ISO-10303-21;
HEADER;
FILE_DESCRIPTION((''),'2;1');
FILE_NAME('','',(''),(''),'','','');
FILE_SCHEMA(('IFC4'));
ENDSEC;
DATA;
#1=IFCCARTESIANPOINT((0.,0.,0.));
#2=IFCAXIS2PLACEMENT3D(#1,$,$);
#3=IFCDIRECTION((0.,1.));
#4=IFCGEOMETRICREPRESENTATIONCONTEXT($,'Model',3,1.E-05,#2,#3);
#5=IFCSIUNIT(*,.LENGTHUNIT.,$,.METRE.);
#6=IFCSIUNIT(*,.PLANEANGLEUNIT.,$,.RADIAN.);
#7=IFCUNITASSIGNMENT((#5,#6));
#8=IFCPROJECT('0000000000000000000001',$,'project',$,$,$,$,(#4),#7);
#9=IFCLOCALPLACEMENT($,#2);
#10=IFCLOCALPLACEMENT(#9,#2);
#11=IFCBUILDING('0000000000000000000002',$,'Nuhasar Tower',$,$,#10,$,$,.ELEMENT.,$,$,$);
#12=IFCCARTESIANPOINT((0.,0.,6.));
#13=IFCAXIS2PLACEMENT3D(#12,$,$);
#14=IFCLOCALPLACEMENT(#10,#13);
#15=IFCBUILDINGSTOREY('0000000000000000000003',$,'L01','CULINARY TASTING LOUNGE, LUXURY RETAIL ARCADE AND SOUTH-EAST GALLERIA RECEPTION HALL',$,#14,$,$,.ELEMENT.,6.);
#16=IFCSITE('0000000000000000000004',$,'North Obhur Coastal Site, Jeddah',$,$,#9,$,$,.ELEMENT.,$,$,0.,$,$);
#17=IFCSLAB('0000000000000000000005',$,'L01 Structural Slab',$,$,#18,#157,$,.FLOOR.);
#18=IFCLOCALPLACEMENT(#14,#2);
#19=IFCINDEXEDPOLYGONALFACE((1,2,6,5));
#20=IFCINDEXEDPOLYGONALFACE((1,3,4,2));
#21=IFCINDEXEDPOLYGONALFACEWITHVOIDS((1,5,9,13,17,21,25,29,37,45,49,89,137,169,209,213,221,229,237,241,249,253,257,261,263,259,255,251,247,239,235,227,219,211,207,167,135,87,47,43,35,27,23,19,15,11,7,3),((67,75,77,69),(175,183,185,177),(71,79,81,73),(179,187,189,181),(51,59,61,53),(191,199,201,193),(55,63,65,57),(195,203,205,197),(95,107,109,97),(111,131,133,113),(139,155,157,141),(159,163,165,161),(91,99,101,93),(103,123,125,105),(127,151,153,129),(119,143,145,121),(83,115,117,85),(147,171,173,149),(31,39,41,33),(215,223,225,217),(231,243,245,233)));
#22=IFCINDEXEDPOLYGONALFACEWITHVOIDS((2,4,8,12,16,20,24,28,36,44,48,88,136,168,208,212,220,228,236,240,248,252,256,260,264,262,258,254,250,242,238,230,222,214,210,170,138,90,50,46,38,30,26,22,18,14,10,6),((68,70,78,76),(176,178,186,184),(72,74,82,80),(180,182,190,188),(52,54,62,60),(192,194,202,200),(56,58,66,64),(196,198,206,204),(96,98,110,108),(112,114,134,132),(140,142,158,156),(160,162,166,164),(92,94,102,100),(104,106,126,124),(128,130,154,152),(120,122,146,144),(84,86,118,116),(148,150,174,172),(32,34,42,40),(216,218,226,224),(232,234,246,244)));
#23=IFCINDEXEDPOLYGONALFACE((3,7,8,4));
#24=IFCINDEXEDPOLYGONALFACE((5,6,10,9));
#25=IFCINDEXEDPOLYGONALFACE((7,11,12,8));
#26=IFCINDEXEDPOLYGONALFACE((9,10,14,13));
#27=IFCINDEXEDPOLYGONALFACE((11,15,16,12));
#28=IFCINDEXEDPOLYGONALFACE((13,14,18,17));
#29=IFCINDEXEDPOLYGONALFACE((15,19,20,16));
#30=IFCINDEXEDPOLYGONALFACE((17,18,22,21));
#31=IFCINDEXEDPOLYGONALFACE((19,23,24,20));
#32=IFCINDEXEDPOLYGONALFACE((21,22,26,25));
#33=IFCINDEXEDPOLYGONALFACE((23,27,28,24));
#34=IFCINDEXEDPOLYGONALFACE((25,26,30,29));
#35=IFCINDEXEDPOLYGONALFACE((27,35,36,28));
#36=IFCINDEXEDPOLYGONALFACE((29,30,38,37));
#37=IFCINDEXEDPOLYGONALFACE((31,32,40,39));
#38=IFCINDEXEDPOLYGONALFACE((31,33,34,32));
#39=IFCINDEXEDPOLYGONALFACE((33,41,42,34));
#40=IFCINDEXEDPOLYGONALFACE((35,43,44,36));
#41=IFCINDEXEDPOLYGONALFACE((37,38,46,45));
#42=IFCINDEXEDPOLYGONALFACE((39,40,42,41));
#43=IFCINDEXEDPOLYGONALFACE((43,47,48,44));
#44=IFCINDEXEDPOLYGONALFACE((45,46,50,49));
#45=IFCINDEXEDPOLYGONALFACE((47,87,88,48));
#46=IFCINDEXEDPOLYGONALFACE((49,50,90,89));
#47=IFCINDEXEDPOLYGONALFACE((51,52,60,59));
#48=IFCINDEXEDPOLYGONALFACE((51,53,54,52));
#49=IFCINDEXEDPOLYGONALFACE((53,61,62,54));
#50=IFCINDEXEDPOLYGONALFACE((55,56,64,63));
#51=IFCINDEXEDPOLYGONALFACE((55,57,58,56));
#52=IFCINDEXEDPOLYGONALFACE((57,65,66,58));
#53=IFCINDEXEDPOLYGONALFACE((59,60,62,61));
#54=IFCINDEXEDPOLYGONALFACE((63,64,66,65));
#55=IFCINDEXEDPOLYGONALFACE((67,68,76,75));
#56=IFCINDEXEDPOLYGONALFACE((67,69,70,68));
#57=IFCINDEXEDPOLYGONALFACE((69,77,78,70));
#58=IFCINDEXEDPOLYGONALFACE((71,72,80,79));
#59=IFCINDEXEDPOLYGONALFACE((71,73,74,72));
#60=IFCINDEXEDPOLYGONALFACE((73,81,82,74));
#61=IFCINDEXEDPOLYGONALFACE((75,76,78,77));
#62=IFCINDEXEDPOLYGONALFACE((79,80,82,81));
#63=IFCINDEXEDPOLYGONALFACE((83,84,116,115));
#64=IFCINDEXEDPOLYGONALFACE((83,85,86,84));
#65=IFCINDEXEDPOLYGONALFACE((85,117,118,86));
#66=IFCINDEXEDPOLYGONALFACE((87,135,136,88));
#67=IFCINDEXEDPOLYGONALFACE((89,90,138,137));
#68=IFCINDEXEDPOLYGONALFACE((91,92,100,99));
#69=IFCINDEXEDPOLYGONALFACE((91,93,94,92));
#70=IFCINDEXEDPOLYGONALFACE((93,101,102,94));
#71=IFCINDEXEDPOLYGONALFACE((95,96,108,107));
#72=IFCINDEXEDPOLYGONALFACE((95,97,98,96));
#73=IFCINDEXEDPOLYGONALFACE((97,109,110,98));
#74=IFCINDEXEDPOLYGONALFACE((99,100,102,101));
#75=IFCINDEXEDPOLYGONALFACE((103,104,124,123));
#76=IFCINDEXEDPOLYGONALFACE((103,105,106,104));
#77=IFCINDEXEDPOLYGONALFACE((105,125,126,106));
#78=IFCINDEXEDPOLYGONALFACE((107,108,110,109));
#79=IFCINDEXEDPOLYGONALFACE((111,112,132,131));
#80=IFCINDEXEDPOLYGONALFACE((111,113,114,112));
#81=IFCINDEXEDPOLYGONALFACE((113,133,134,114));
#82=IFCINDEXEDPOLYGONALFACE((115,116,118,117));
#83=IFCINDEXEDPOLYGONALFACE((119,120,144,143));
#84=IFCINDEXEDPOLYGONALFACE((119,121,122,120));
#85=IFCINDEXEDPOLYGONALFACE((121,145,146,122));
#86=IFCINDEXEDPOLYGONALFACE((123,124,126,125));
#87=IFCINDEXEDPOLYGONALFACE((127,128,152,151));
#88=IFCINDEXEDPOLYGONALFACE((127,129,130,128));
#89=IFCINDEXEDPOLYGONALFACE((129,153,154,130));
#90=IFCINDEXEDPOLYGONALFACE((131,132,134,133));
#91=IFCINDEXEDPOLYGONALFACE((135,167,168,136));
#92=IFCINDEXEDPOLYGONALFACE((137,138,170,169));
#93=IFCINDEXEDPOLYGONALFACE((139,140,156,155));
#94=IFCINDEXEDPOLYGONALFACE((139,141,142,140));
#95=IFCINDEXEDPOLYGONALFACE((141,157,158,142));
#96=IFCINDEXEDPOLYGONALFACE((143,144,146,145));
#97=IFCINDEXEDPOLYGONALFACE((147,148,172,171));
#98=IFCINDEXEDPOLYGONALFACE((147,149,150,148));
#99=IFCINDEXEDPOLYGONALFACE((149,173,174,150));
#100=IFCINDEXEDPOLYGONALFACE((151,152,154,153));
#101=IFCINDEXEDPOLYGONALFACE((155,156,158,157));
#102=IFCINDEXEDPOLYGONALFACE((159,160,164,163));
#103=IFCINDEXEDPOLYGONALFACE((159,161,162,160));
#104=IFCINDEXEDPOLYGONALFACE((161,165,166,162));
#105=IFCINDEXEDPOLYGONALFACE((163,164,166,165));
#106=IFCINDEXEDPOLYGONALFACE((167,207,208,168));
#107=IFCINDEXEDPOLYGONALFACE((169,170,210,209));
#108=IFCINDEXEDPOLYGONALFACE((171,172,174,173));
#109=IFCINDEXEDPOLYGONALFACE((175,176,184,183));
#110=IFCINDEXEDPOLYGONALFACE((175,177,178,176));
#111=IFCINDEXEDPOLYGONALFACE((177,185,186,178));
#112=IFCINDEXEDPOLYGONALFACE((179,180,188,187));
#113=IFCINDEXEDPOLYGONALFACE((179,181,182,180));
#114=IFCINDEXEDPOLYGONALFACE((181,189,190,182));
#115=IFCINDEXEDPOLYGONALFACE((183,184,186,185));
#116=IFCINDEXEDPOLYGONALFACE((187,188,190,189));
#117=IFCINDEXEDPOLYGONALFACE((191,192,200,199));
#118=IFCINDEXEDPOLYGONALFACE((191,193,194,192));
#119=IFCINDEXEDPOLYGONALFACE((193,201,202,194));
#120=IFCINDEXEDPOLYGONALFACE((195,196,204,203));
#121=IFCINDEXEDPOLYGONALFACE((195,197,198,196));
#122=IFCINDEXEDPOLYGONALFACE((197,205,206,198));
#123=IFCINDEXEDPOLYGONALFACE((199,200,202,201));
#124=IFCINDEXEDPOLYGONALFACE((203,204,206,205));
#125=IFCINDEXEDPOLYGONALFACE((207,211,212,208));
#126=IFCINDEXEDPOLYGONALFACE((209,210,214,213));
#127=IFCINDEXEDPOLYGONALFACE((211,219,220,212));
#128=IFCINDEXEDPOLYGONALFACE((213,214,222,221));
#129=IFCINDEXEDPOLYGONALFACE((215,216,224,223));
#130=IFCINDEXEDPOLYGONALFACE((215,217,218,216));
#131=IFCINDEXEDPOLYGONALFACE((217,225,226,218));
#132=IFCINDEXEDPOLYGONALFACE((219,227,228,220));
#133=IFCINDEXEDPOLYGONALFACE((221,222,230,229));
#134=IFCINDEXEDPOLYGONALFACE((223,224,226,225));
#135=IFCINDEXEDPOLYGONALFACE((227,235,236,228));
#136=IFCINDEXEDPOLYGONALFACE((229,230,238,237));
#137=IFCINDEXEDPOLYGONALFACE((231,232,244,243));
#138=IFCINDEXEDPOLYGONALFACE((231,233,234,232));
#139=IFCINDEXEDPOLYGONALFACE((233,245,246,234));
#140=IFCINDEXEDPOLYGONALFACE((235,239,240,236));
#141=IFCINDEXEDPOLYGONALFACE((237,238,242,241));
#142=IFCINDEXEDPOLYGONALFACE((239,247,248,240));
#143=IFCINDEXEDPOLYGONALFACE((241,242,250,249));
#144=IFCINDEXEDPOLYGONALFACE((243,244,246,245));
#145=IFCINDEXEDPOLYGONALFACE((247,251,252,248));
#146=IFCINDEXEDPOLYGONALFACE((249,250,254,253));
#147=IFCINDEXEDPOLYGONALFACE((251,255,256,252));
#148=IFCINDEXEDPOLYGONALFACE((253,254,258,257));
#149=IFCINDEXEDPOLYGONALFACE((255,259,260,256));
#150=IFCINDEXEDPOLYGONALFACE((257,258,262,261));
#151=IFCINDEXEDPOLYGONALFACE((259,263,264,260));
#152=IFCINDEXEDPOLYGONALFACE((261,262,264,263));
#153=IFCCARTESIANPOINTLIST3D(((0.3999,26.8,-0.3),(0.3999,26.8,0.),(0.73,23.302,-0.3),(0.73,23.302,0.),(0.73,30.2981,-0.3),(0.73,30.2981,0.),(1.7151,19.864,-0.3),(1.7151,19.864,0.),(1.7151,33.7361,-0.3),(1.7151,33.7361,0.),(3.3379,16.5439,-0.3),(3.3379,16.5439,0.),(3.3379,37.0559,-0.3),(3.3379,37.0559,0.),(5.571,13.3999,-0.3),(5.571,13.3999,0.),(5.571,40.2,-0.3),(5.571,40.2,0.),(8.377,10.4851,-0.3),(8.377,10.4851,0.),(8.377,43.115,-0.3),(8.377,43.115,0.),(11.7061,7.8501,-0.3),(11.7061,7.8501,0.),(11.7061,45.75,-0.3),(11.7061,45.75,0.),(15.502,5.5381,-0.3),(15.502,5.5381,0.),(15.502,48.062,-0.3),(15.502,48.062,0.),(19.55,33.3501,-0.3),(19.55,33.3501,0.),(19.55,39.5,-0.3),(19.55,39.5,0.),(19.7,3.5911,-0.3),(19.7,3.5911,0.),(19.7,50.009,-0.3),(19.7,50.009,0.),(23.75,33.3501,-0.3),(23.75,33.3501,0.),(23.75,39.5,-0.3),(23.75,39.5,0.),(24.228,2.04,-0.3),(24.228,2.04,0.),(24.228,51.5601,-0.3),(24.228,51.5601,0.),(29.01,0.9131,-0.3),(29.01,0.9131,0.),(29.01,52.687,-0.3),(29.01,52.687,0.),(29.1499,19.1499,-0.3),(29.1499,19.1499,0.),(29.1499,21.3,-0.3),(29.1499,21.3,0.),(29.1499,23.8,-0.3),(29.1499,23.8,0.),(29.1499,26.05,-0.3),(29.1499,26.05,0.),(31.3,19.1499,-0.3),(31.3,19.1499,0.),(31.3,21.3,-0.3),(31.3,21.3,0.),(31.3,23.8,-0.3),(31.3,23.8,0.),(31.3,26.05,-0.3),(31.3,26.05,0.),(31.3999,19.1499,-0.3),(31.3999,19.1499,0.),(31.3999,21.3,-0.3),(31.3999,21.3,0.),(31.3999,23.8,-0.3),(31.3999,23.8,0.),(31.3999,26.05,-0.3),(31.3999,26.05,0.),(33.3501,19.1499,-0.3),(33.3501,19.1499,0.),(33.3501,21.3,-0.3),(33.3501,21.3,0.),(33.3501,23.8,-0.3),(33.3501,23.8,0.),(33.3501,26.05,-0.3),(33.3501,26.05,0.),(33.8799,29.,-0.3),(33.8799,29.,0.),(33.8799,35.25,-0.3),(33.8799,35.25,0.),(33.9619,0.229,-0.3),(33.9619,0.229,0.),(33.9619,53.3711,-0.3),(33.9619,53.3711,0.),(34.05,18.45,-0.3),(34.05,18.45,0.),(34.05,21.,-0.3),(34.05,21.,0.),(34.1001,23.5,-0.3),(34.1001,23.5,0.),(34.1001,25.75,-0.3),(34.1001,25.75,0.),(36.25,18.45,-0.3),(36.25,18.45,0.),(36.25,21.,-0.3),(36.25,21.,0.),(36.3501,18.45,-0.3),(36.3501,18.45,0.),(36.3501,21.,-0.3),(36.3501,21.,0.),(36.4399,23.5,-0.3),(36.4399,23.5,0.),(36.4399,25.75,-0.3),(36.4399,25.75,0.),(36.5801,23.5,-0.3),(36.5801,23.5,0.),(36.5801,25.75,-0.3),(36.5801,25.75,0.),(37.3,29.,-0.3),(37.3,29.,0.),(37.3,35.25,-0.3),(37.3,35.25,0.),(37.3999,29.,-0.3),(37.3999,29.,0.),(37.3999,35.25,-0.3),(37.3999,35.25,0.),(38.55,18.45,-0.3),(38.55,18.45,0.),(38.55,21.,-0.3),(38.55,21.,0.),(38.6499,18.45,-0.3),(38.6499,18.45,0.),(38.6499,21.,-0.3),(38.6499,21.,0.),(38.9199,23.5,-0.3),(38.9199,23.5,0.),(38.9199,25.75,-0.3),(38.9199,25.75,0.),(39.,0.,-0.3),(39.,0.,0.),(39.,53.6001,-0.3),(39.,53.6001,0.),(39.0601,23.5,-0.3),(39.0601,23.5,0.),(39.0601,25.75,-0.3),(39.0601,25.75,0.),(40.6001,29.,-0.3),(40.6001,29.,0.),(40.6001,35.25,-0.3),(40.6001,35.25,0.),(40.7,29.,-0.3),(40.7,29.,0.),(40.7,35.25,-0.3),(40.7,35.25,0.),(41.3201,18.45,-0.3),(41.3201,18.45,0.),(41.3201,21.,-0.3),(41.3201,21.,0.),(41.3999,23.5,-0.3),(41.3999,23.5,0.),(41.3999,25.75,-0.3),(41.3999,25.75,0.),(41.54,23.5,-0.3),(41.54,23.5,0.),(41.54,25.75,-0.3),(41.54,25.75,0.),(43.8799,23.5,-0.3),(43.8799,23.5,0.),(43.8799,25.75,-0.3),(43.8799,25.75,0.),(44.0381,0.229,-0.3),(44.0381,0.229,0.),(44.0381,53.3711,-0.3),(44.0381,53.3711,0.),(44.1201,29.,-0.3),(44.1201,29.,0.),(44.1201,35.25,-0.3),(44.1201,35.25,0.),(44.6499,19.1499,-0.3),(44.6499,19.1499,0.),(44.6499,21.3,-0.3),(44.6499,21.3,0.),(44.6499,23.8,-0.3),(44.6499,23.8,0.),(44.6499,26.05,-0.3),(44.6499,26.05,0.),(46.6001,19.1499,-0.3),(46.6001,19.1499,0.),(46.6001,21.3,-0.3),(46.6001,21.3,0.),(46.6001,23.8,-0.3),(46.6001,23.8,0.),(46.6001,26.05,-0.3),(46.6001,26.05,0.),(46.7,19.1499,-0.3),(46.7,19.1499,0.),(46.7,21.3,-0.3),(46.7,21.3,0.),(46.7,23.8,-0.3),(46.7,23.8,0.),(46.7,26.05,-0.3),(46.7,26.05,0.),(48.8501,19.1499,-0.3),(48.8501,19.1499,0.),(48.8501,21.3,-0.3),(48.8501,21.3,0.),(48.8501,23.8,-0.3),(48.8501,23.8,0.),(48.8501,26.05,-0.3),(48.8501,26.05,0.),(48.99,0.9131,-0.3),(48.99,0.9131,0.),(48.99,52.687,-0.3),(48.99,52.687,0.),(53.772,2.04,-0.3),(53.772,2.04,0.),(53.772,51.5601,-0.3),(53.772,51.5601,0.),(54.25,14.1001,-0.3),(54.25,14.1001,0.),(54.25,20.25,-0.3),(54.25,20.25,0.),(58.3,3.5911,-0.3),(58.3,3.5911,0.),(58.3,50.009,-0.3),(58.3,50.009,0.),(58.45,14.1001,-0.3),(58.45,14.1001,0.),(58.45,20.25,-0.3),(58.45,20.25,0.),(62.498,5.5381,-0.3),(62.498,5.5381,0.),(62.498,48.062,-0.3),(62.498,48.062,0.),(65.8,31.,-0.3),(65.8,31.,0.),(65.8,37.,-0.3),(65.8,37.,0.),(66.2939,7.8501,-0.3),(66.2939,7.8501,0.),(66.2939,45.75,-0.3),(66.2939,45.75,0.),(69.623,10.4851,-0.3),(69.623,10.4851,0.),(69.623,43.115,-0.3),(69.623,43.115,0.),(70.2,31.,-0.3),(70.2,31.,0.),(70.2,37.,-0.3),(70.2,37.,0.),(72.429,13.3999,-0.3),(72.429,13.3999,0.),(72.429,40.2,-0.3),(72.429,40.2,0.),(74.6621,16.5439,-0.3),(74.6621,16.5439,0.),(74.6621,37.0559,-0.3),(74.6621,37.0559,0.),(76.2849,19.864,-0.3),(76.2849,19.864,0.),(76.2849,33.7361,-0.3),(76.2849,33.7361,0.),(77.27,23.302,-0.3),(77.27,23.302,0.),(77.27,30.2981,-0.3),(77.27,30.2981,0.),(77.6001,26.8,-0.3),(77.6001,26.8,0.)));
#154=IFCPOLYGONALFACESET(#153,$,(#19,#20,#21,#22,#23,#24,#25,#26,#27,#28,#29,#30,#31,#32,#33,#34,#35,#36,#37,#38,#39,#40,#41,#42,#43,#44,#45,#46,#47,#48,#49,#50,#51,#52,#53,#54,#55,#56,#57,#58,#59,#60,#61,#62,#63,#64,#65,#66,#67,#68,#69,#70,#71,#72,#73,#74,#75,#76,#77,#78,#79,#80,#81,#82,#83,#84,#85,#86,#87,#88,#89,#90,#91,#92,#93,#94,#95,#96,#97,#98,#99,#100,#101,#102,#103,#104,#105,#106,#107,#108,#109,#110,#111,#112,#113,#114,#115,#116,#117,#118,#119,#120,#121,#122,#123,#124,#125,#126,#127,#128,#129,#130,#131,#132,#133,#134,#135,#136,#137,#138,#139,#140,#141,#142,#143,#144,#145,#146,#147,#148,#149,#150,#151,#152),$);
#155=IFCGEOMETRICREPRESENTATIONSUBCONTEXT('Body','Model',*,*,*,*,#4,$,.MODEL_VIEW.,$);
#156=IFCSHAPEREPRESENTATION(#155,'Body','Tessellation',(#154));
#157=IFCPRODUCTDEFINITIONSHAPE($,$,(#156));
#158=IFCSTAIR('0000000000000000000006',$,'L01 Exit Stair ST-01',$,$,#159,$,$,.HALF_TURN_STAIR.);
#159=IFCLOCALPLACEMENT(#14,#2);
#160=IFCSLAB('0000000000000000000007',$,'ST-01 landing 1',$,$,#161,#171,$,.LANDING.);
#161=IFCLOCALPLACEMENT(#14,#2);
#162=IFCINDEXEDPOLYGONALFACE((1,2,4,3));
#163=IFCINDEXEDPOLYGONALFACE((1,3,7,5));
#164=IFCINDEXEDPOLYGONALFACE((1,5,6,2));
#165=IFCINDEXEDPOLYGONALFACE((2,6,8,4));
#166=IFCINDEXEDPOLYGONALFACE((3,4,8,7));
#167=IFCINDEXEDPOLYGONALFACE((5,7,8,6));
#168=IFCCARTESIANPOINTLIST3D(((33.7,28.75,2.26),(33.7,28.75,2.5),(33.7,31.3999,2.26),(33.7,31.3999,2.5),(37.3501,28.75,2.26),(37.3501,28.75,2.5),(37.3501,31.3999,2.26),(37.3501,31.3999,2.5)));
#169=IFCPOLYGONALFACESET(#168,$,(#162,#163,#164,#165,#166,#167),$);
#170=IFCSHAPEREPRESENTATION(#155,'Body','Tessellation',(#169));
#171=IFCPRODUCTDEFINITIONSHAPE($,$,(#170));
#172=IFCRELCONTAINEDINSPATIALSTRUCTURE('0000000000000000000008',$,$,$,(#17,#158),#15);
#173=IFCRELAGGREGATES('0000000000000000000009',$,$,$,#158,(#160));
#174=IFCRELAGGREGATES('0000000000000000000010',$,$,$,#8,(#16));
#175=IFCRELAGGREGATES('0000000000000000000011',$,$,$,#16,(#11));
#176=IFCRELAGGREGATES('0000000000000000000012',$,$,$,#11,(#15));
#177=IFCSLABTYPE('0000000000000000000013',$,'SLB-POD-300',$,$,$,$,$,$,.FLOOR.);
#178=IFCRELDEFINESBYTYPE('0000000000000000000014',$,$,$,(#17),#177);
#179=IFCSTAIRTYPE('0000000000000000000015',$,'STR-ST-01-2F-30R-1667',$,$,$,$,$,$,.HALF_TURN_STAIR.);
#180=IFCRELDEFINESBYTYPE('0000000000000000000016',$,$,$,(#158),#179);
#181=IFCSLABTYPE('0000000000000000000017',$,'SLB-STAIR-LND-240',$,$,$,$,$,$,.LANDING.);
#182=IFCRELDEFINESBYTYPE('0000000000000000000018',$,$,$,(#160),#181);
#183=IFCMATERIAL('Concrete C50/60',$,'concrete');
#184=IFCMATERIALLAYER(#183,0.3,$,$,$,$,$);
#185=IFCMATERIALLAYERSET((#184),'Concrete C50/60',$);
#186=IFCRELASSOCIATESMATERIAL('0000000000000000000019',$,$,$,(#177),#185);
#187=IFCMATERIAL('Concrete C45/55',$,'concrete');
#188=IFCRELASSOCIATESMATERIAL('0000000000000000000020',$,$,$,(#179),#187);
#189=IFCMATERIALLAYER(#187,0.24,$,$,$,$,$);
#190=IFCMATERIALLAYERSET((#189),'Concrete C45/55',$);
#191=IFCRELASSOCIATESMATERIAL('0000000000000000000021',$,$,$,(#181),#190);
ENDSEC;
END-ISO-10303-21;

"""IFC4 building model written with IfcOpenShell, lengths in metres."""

from ifc_helpers import new_model, si_unit, direction, frame, origin, place, context, subcontext, project, spatial, polyline, outline, extrude, material, layer, layer_set, type_object, element, aggregate, save


model = new_model("IFC4")

# Units and contexts
model_context = context("Model", 3, precision=1e-05, world=origin(), true_north=direction((0.0, 1.0)))
body_context = subcontext(model_context, "Body", "Model", "MODEL_VIEW")
ifc_project = project(units=[si_unit("LENGTHUNIT", "METRE"), si_unit("PLANEANGLEUNIT", "RADIAN")], contexts=[model_context])

# Site, building, storey
site_placement = place(None, origin())
site = spatial("IfcSite", under=ifc_project, at=site_placement, Name="North Obhur Coastal Site, Jeddah", CompositionType="ELEMENT", RefElevation=0.0)
building_placement = place(site_placement, origin())
building = spatial("IfcBuilding", under=site, at=building_placement, Name="Nuhasar Tower", CompositionType="ELEMENT")
storey_placement = place(building_placement, frame((0.0, 0.0, 6.0)))
storey = spatial("IfcBuildingStorey", under=building, at=storey_placement, Name="L01", Description="CULINARY TASTING LOUNGE, LUXURY RETAIL ARCADE AND SOUTH-EAST GALLERIA RECEPTION HALL", CompositionType="ELEMENT", Elevation=6.0)

# Slab
ifc_material_1 = material(Name="Concrete C50/60", Category="concrete")
ifc_layer_1 = layer(ifc_material_1, 0.3)
ifc_layer_set_1 = layer_set([ifc_layer_1], Name="Concrete C50/60")
slab_type_1 = type_object("IfcSlabType", Name="SLB-POD-300", PredefinedType="FLOOR", material=ifc_layer_set_1)
slab_1_placement = place(storey_placement, frame((0.0, 0.0, -0.3)))
element("IfcSlab", 1, at=slab_1_placement, inside=storey, type_object=slab_type_1, Name="L01 Structural Slab", PredefinedType="FLOOR", context=body_context, shape_type="SweptSolid", body=[
    extrude(outline(polyline([(77.6001, 26.8), (77.27, 30.2981), (76.2849, 33.7361), (74.6621, 37.0559), (72.429, 40.2), (69.623, 43.115), (66.2939, 45.75), (62.498, 48.062), (58.3, 50.009), (53.772, 51.5601), (48.99, 52.687), (44.0381, 53.3711), (39.0, 53.6001), (33.9619, 53.3711), (29.01, 52.687), (24.228, 51.5601), (19.7, 50.009), (15.502, 48.062), (11.7061, 45.75), (8.377, 43.115), (5.571, 40.2), (3.3379, 37.0559), (1.7151, 33.7361), (0.73, 30.2981), (0.3999, 26.8), (0.73, 23.302), (1.7151, 19.864), (3.3379, 16.5439), (5.571, 13.3999), (8.377, 10.4851), (11.7061, 7.8501), (15.502, 5.5381), (19.7, 3.5911), (24.228, 2.04), (29.01, 0.9131), (33.9619, 0.229), (39.0, 0.0), (44.0381, 0.229), (48.99, 0.9131), (53.772, 2.04), (58.3, 3.5911), (62.498, 5.5381), (66.2939, 7.8501), (69.623, 10.4851), (72.429, 13.3999), (74.6621, 16.5439), (76.2849, 19.864), (77.27, 23.302), (77.6001, 26.8)]), holes=[polyline([(33.8799, 35.25), (37.3, 35.25), (37.3, 29.0), (33.8799, 29.0), (33.8799, 35.25)]), polyline([(37.3999, 35.25), (40.6001, 35.25), (40.6001, 29.0), (37.3999, 29.0), (37.3999, 35.25)]), polyline([(40.7, 35.25), (44.1201, 35.25), (44.1201, 29.0), (40.7, 29.0), (40.7, 35.25)]), polyline([(19.55, 39.5), (23.75, 39.5), (23.75, 33.3501), (19.55, 33.3501), (19.55, 39.5)]), polyline([(54.25, 20.25), (58.45, 20.25), (58.45, 14.1001), (54.25, 14.1001), (54.25, 20.25)]), polyline([(29.1499, 26.05), (31.3, 26.05), (31.3, 23.8), (29.1499, 23.8), (29.1499, 26.05)]), polyline([(31.3999, 26.05), (33.3501, 26.05), (33.3501, 23.8), (31.3999, 23.8), (31.3999, 26.05)]), polyline([(29.1499, 21.3), (31.3, 21.3), (31.3, 19.1499), (29.1499, 19.1499), (29.1499, 21.3)]), polyline([(31.3999, 21.3), (33.3501, 21.3), (33.3501, 19.1499), (31.3999, 19.1499), (31.3999, 21.3)]), polyline([(44.6499, 26.05), (46.6001, 26.05), (46.6001, 23.8), (44.6499, 23.8), (44.6499, 26.05)]), polyline([(46.7, 26.05), (48.8501, 26.05), (48.8501, 23.8), (46.7, 23.8), (46.7, 26.05)]), polyline([(44.6499, 21.3), (46.6001, 21.3), (46.6001, 19.1499), (44.6499, 19.1499), (44.6499, 21.3)]), polyline([(46.7, 21.3), (48.8501, 21.3), (48.8501, 19.1499), (46.7, 19.1499), (46.7, 21.3)]), polyline([(34.1001, 25.75), (36.4399, 25.75), (36.4399, 23.5), (34.1001, 23.5), (34.1001, 25.75)]), polyline([(36.5801, 25.75), (38.9199, 25.75), (38.9199, 23.5), (36.5801, 23.5), (36.5801, 25.75)]), polyline([(39.0601, 25.75), (41.3999, 25.75), (41.3999, 23.5), (39.0601, 23.5), (39.0601, 25.75)]), polyline([(41.54, 25.75), (43.8799, 25.75), (43.8799, 23.5), (41.54, 23.5), (41.54, 25.75)]), polyline([(34.05, 21.0), (36.25, 21.0), (36.25, 18.45), (34.05, 18.45), (34.05, 21.0)]), polyline([(36.3501, 21.0), (38.55, 21.0), (38.55, 18.45), (36.3501, 18.45), (36.3501, 21.0)]), polyline([(38.6499, 21.0), (41.3201, 21.0), (41.3201, 18.45), (38.6499, 18.45), (38.6499, 21.0)]), polyline([(65.8, 37.0), (70.2, 37.0), (70.2, 31.0), (65.8, 31.0), (65.8, 37.0)])]), origin(), (0.0, 0.0, 1.0), 0.3),
])

# Stair, slab
ifc_material_2 = material(Name="Concrete C45/55", Category="concrete")
stair_type_1 = type_object("IfcStairType", Name="STR-ST-01-2F-30R-1667", PredefinedType="HALF_TURN_STAIR", material=ifc_material_2)
stair_1_placement = place(storey_placement, origin())
stair_1 = element("IfcStair", 2, at=stair_1_placement, inside=storey, type_object=stair_type_1, Name="L01 Exit Stair ST-01", PredefinedType="HALF_TURN_STAIR")
ifc_layer_2 = layer(ifc_material_2, 0.24)
ifc_layer_set_2 = layer_set([ifc_layer_2], Name="Concrete C45/55")
slab_type_2 = type_object("IfcSlabType", Name="SLB-STAIR-LND-240", PredefinedType="LANDING", material=ifc_layer_set_2)
slab_2_placement = place(storey_placement, frame((0.0, 0.0, 2.26)))
slab_2 = element("IfcSlab", 3, at=slab_2_placement, type_object=slab_type_2, Name="ST-01 landing 1", PredefinedType="LANDING", context=body_context, shape_type="SweptSolid", body=[
    extrude(outline(polyline([(33.7, 28.75), (37.3501, 28.75), (37.3501, 31.3999), (33.7, 31.3999), (33.7, 28.75)])), origin(), (0.0, 0.0, 1.0), 0.24),
])
aggregate(stair_1, [slab_2])

save(model, "model.ifc")
